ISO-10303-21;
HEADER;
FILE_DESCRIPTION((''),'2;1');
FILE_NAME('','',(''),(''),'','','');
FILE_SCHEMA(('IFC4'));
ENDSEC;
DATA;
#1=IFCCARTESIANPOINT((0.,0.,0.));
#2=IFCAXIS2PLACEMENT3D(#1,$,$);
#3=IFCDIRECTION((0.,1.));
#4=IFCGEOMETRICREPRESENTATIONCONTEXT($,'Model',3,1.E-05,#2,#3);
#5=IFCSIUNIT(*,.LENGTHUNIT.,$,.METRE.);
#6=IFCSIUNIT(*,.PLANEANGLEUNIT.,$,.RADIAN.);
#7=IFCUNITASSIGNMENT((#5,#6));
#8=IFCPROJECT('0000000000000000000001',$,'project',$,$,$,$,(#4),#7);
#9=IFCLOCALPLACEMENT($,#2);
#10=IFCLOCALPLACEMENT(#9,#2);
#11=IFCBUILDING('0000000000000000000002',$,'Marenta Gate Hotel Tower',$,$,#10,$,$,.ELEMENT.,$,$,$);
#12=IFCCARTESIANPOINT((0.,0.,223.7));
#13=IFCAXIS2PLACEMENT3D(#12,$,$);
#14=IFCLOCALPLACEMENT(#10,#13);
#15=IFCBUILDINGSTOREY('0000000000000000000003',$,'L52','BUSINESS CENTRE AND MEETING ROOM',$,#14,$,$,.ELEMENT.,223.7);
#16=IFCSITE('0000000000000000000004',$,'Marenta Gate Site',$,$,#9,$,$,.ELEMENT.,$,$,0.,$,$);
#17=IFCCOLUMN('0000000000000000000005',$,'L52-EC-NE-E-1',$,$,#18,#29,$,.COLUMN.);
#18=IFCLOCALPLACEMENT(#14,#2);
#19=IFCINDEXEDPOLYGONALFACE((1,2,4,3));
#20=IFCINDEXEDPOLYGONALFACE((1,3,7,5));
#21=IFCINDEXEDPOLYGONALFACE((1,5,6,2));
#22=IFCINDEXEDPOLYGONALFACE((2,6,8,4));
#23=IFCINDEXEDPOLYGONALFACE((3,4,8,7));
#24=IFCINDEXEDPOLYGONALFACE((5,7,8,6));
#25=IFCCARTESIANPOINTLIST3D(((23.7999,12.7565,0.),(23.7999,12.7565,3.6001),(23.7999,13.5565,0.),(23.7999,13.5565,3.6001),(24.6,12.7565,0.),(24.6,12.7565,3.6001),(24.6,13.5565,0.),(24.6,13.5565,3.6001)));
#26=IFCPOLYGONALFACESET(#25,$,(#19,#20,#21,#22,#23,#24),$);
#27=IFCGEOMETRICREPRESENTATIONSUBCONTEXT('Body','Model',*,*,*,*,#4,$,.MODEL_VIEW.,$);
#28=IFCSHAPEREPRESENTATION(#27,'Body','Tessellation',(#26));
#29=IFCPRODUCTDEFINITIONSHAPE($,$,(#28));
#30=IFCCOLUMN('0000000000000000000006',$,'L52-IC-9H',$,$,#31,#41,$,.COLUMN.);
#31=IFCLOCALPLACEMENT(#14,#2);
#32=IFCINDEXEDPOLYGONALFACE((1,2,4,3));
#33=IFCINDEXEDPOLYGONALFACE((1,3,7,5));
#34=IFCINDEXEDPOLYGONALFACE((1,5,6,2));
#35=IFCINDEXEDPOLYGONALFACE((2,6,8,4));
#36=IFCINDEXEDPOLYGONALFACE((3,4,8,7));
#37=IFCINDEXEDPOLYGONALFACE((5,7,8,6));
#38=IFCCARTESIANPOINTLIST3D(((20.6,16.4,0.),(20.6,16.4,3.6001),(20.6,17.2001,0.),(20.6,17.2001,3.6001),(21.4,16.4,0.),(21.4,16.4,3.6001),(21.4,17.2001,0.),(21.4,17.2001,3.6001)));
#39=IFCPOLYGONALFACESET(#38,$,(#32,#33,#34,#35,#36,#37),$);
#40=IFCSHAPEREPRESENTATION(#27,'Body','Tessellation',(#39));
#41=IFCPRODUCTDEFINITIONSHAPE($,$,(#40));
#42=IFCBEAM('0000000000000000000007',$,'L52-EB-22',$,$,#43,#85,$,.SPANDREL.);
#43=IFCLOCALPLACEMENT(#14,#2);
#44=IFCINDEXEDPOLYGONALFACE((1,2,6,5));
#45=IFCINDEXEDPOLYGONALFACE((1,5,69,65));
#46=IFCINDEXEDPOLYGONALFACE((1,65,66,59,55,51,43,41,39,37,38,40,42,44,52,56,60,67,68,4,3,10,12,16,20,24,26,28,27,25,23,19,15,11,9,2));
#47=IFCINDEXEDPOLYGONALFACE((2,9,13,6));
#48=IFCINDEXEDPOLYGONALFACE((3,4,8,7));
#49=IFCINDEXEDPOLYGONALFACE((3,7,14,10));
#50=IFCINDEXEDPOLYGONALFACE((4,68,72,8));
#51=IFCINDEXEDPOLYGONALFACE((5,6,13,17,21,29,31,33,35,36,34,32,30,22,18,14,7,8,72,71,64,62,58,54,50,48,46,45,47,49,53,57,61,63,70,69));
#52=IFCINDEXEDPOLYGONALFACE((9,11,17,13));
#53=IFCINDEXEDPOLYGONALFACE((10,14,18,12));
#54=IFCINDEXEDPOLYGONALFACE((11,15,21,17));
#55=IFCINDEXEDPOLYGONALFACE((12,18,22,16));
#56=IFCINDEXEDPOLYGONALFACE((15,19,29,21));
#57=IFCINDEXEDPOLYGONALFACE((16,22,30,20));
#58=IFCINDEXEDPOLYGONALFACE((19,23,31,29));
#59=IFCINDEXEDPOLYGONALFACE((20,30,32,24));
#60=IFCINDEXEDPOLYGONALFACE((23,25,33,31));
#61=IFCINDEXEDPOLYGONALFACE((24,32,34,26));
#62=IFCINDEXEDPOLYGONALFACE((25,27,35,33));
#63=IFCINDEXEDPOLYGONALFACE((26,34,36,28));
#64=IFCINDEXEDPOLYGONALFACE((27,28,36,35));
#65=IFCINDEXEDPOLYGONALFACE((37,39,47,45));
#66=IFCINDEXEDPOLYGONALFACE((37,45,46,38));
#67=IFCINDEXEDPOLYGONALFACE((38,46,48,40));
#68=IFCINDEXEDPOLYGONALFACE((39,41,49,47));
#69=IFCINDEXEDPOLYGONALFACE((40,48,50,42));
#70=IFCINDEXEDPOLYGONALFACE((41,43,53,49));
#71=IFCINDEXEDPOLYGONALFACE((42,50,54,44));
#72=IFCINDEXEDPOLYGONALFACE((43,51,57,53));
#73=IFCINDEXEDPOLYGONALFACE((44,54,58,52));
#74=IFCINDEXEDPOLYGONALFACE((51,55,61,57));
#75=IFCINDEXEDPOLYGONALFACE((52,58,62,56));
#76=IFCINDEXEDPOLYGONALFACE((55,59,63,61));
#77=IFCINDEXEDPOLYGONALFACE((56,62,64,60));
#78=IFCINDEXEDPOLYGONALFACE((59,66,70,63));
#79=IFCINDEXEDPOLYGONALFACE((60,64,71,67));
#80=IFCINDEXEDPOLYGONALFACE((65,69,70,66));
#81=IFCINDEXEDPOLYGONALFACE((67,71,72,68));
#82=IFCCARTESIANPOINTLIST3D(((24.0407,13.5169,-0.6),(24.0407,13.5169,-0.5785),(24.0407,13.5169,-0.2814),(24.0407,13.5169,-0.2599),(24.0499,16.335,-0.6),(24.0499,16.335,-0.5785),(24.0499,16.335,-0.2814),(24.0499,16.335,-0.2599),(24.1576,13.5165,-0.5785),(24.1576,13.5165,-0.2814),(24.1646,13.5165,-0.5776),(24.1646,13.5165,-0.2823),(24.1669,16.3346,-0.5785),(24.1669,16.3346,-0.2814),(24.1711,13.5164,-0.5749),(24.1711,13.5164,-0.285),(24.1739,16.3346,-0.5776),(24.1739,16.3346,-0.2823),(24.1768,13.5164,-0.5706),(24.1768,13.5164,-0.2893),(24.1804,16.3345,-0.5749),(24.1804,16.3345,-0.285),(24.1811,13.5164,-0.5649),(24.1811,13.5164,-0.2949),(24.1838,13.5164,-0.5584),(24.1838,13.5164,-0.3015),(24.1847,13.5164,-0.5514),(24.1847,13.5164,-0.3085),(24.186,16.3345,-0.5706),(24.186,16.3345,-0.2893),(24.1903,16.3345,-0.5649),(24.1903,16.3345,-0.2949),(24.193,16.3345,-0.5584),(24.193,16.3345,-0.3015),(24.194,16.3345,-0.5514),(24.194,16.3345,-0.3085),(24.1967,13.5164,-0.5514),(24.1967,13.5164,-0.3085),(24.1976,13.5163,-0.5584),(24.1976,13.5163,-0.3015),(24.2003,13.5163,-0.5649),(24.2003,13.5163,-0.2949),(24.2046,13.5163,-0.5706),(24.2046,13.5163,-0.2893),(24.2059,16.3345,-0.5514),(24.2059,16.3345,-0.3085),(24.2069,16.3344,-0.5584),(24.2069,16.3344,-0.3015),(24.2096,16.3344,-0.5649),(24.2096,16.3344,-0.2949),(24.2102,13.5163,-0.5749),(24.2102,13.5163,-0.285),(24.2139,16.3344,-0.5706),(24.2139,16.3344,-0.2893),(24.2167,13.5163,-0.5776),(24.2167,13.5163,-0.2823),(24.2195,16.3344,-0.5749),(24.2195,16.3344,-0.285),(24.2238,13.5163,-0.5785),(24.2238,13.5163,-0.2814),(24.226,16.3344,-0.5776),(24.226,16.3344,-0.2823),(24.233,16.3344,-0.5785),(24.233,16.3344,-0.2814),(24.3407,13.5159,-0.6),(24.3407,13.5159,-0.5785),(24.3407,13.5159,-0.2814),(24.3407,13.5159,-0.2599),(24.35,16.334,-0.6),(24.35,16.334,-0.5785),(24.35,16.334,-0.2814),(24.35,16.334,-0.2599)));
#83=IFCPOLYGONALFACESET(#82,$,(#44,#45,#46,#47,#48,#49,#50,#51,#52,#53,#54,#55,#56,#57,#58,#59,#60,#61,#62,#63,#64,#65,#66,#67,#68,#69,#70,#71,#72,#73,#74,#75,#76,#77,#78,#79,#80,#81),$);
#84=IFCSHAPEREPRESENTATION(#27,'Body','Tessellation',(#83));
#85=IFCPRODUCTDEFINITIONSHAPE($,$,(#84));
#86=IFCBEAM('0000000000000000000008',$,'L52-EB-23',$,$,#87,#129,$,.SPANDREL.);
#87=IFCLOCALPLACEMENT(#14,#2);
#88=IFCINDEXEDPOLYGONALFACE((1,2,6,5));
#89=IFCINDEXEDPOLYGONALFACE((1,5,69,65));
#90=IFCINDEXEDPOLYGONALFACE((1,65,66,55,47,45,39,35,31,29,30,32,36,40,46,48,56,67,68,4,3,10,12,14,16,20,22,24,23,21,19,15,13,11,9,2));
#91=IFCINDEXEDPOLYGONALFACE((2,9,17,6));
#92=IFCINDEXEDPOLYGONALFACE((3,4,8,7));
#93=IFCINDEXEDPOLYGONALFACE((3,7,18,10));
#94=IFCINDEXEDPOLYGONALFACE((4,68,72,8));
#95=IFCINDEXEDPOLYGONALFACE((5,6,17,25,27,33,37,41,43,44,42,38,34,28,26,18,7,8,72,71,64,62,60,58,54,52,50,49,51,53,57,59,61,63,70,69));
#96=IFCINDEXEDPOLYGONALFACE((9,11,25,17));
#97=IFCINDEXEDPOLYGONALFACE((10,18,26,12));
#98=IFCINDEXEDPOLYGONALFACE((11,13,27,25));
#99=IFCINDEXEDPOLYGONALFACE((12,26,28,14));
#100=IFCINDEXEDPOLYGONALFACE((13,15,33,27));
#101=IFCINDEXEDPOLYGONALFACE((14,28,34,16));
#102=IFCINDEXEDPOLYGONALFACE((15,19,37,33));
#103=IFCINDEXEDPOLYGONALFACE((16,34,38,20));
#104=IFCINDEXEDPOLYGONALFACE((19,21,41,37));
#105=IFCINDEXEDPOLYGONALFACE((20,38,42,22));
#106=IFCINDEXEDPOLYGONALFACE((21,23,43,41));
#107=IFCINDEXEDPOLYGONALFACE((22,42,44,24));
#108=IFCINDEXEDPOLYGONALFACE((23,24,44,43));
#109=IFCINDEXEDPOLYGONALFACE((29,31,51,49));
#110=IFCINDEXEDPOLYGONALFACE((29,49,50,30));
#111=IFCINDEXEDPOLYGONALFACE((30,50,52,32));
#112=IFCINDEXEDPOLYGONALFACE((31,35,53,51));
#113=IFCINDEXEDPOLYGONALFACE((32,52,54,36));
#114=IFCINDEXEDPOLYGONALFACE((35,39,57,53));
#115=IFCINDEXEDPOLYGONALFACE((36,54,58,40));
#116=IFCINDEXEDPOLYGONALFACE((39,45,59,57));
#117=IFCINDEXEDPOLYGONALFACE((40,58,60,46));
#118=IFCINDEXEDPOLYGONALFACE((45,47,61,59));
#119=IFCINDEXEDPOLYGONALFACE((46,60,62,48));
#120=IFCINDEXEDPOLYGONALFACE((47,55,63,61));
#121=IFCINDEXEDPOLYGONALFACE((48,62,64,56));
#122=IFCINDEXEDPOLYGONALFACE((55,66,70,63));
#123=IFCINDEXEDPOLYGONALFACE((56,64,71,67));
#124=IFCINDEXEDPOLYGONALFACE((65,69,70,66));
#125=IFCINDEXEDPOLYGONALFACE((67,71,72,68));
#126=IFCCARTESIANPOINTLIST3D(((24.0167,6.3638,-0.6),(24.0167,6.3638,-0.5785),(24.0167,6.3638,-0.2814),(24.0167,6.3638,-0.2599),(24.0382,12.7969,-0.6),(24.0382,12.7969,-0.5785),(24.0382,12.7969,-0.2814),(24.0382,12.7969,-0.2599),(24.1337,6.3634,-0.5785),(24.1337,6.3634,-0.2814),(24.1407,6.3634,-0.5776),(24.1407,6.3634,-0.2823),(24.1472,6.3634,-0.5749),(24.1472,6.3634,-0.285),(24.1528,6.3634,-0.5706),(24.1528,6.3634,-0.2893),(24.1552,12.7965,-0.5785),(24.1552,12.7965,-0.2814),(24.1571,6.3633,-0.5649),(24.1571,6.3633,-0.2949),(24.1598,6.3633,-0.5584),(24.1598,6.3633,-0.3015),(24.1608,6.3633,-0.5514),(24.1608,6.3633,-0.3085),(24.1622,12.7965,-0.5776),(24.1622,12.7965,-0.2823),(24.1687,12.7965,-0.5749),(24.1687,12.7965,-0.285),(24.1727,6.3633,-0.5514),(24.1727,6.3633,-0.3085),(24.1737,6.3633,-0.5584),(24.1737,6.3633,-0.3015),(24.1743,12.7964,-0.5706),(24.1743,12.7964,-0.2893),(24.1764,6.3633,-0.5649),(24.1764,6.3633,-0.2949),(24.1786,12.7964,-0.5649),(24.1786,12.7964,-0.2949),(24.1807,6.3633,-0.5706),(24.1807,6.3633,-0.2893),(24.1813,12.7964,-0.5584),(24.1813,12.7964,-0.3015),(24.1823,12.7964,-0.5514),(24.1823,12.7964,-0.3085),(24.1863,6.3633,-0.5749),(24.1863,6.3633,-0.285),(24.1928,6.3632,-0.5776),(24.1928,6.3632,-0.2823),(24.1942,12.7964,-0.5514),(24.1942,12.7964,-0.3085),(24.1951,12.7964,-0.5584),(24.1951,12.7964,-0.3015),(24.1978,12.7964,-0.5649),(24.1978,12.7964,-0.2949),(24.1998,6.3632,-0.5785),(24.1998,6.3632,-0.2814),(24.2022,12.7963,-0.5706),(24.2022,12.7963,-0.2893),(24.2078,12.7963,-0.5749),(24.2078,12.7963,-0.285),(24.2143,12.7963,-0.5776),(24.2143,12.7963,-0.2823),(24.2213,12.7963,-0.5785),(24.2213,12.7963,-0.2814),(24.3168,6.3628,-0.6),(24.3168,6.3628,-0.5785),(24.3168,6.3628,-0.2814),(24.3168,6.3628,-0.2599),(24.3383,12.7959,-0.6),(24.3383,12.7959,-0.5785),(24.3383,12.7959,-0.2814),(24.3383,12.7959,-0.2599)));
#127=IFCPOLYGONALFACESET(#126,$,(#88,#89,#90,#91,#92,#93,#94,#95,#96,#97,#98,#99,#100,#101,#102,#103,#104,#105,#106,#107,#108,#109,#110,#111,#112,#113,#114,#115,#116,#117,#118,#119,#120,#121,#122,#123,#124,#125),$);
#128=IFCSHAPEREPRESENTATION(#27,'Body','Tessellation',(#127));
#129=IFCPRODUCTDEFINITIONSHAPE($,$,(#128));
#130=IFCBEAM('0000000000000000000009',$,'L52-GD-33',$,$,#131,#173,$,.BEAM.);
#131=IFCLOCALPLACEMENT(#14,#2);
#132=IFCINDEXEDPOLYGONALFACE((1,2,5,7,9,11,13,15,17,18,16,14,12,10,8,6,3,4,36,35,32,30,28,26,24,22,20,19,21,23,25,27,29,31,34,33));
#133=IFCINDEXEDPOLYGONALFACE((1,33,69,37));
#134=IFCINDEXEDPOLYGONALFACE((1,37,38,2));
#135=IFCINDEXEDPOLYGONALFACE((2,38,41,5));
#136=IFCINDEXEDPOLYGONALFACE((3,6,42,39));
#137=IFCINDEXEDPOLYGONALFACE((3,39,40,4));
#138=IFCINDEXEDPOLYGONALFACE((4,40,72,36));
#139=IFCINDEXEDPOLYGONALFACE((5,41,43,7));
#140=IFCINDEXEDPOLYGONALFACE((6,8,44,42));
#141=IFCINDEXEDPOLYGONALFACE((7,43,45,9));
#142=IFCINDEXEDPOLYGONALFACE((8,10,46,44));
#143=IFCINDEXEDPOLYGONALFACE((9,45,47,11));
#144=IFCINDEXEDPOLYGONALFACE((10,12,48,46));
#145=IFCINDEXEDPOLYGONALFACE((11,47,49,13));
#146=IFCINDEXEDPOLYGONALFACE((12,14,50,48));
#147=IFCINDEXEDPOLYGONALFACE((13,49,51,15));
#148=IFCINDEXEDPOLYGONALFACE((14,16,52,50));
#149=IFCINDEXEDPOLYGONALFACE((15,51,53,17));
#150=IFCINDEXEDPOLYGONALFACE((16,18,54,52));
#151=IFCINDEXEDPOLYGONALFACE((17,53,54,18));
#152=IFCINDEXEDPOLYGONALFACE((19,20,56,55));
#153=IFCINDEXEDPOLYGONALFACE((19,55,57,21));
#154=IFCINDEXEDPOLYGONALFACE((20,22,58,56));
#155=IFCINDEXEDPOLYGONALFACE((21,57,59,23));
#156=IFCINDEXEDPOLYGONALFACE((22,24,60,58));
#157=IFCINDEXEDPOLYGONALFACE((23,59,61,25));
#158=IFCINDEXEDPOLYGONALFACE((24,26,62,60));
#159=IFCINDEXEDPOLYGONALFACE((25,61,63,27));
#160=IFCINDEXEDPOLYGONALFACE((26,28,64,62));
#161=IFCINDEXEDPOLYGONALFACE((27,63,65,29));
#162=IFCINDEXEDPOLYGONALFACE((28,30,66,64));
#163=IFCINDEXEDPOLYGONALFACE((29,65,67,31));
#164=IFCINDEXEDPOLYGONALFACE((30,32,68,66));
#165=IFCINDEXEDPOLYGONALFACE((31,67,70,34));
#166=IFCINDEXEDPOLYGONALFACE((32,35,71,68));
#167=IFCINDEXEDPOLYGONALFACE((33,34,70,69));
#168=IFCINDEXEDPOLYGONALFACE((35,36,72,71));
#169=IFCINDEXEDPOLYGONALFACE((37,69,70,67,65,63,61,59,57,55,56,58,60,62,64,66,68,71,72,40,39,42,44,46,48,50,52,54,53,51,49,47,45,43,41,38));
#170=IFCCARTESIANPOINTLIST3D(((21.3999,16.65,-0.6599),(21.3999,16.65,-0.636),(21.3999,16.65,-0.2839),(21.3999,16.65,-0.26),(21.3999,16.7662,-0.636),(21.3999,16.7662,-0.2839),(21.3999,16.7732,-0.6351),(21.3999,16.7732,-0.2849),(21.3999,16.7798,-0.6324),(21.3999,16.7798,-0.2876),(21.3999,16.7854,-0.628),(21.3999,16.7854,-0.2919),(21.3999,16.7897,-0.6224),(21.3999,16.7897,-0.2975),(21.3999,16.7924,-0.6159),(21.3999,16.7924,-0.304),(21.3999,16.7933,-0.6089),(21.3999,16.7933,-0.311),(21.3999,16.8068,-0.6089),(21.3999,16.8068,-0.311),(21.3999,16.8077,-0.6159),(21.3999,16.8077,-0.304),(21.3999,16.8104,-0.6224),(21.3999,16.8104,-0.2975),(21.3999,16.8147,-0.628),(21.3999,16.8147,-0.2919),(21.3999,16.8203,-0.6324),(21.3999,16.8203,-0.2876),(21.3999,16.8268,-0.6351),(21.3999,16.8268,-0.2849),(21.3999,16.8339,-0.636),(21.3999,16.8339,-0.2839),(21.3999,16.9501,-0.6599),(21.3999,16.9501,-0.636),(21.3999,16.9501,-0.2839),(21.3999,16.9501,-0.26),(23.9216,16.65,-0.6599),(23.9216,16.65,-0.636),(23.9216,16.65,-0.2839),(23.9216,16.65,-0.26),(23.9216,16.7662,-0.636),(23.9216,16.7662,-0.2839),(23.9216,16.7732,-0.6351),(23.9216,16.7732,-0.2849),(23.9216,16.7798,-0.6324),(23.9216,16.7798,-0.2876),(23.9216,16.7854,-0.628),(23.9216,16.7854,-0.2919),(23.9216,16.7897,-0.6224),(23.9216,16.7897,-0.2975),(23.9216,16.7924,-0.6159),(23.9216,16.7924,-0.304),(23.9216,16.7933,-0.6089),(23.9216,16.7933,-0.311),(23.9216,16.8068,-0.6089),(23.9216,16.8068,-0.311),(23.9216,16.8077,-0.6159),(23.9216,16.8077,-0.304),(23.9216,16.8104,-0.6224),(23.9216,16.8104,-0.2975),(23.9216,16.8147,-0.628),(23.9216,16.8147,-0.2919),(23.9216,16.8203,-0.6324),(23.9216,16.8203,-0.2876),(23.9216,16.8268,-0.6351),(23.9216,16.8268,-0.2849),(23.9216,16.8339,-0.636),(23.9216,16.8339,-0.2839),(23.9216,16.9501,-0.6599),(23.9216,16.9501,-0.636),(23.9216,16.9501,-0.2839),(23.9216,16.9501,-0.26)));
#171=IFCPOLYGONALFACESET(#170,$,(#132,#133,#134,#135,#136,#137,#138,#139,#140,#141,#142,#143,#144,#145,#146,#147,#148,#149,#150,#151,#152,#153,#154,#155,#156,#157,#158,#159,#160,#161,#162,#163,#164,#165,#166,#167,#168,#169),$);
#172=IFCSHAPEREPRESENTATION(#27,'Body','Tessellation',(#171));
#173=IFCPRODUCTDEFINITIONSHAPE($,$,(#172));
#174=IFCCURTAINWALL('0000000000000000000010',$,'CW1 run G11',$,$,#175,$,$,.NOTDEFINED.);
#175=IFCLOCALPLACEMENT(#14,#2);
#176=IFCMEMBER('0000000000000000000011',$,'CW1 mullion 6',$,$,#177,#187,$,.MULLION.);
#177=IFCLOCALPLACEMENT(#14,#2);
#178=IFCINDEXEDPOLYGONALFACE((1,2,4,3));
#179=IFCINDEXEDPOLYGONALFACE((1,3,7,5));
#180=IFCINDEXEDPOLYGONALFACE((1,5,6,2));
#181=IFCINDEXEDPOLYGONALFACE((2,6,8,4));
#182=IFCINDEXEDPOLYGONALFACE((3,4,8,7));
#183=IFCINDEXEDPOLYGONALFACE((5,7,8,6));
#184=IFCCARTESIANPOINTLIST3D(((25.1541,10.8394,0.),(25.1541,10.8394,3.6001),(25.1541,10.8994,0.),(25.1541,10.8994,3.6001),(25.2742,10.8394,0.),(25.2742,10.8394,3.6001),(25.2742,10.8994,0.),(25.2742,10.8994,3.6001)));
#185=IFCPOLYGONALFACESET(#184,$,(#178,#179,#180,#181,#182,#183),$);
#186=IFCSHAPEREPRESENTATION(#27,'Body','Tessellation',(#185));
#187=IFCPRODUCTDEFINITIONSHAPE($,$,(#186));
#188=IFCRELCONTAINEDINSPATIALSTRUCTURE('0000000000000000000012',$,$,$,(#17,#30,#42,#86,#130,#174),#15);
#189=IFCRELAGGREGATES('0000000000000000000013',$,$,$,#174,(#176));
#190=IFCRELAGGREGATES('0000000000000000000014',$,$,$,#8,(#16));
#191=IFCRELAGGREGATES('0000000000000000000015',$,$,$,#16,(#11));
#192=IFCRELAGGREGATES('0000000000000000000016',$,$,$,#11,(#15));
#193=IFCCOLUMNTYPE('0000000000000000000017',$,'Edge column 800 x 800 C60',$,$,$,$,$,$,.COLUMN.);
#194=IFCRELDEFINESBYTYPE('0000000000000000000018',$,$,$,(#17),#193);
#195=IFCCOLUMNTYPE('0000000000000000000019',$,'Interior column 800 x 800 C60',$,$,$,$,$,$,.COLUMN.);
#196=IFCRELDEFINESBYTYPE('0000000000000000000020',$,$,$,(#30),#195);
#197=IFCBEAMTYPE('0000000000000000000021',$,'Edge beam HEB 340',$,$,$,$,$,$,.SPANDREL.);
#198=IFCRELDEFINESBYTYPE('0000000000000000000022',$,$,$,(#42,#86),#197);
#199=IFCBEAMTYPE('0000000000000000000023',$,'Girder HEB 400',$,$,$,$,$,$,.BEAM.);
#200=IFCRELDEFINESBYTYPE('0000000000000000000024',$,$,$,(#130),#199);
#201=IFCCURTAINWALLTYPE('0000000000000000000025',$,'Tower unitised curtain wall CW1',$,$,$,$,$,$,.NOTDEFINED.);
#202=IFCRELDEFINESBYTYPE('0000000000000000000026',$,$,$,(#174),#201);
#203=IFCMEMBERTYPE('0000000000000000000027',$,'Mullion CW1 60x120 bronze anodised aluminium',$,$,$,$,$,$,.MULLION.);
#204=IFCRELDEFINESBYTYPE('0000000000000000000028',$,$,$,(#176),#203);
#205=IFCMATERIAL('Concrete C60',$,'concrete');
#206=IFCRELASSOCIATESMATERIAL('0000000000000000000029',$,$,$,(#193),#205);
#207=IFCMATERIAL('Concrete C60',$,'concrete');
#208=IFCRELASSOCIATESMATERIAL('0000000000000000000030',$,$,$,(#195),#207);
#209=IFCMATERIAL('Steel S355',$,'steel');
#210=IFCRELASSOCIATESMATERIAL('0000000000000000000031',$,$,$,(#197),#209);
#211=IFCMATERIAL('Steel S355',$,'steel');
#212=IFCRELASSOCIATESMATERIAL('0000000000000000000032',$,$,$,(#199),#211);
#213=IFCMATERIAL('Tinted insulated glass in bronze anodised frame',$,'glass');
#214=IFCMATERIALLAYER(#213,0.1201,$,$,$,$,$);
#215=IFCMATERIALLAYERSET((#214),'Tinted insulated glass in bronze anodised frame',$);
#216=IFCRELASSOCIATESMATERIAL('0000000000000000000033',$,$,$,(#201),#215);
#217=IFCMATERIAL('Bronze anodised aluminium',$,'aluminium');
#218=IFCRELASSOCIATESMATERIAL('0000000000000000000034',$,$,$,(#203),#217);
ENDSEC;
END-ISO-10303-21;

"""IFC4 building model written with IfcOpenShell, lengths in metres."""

from ifc_helpers import new_model, si_unit, direction, frame, origin, origin_2d, place, context, subcontext, project, spatial, rectangle, i_section, extrude, material, layer, layer_set, material_profile, profile_set, type_object, element, aggregate, save


model = new_model("IFC4")

# Units and contexts
model_context = context("Model", 3, precision=1e-05, world=origin(), true_north=direction((0.0, 1.0)))
body_context = subcontext(model_context, "Body", "Model", "MODEL_VIEW")
ifc_project = project(units=[si_unit("LENGTHUNIT", "METRE"), si_unit("PLANEANGLEUNIT", "RADIAN")], contexts=[model_context])

# Site, building, storey
site_placement = place(None, origin())
site = spatial("IfcSite", under=ifc_project, at=site_placement, Name="Marenta Gate Site", CompositionType="ELEMENT", RefElevation=0.0)
building_placement = place(site_placement, origin())
building = spatial("IfcBuilding", under=site, at=building_placement, Name="Marenta Gate Hotel Tower", CompositionType="ELEMENT")
storey_placement = place(building_placement, frame((0.0, 0.0, 223.7)))
storey = spatial("IfcBuildingStorey", under=building, at=storey_placement, Name="L52", Description="BUSINESS CENTRE AND MEETING ROOM", CompositionType="ELEMENT", Elevation=223.7)

# Columns
ifc_material_1 = material(Name="Concrete C60", Category="concrete")
ifc_material_profile_1 = material_profile(ifc_material_1, rectangle(XDim=0.8, YDim=0.8, at=origin_2d()), Name="800 x 800")
ifc_profile_set_1 = profile_set([ifc_material_profile_1], Name="Concrete C60")
column_type_1 = type_object("IfcColumnType", Name="Edge column 800 x 800 C60", PredefinedType="COLUMN", material=ifc_profile_set_1)
column_1_placement = place(storey_placement, frame((24.2, 13.1565, 0.0), z_axis=(0.0, 0.0, 1.0), x_axis=(1.0, 0.0, 0.0)))
element("IfcColumn", 1, at=column_1_placement, inside=storey, type_object=column_type_1, Name="L52-EC-NE-E-1", PredefinedType="COLUMN", context=body_context, shape_type="SweptSolid", body=[
    extrude(rectangle(XDim=0.8, YDim=0.8, at=origin_2d()), origin(), (0.0, 0.0, 1.0), 3.6001),
])
ifc_material_2 = material(Name="Concrete C60", Category="concrete")
ifc_material_profile_2 = material_profile(ifc_material_2, rectangle(XDim=0.8, YDim=0.8, at=origin_2d()), Name="800 x 800")
ifc_profile_set_2 = profile_set([ifc_material_profile_2], Name="Concrete C60")
column_type_2 = type_object("IfcColumnType", Name="Interior column 800 x 800 C60", PredefinedType="COLUMN", material=ifc_profile_set_2)
column_2_placement = place(storey_placement, frame((21.0, 16.8, 0.0), z_axis=(0.0, 0.0, 1.0), x_axis=(1.0, 0.0, 0.0)))
element("IfcColumn", 2, at=column_2_placement, inside=storey, type_object=column_type_2, Name="L52-IC-9H", PredefinedType="COLUMN", context=body_context, shape_type="SweptSolid", body=[
    extrude(rectangle(XDim=0.8, YDim=0.8, at=origin_2d()), origin(), (0.0, 0.0, 1.0), 3.6001),
])

# Beams
ifc_material_3 = material(Name="Steel S355", Category="steel")
ifc_material_profile_3 = material_profile(ifc_material_3, i_section(OverallWidth=0.3, OverallDepth=0.3401, WebThickness=0.012, FlangeThickness=0.0215, FilletRadius=0.0271, at=origin_2d()), Name="HEB 340")
ifc_profile_set_3 = profile_set([ifc_material_profile_3], Name="Steel S355")
beam_type_1 = type_object("IfcBeamType", Name="Edge beam HEB 340", PredefinedType="SPANDREL", material=ifc_profile_set_3)
beam_1_placement = place(storey_placement, frame((24.2, 16.3345, -0.4299), z_axis=(-0.003292, -0.999995, 0.0), x_axis=(0.999995, -0.003292, 0.0)))
element("IfcBeam", 3, at=beam_1_placement, inside=storey, type_object=beam_type_1, Name="L52-EB-22", PredefinedType="SPANDREL", context=body_context, shape_type="SweptSolid", body=[
    extrude(i_section(OverallWidth=0.3, OverallDepth=0.3401, WebThickness=0.012, FlangeThickness=0.0215, FilletRadius=0.0271, at=origin_2d()), origin(), (0.0, 0.0, 1.0), 2.8181),
])
beam_2_placement = place(storey_placement, frame((24.1882, 12.7964, -0.4299), z_axis=(-0.00334, -0.999994, 0.0), x_axis=(0.999994, -0.00334, 0.0)))
element("IfcBeam", 4, at=beam_2_placement, inside=storey, type_object=beam_type_1, Name="L52-EB-23", PredefinedType="SPANDREL", context=body_context, shape_type="SweptSolid", body=[
    extrude(i_section(OverallWidth=0.3, OverallDepth=0.3401, WebThickness=0.012, FlangeThickness=0.0215, FilletRadius=0.0271, at=origin_2d()), origin(), (0.0, 0.0, 1.0), 6.4331),
])
ifc_material_4 = material(Name="Steel S355", Category="steel")
ifc_material_profile_4 = material_profile(ifc_material_4, i_section(OverallWidth=0.3, OverallDepth=0.3999, WebThickness=0.0134, FlangeThickness=0.0239, FilletRadius=0.0271, at=origin_2d()), Name="HEB 400")
ifc_profile_set_4 = profile_set([ifc_material_profile_4], Name="Steel S355")
beam_type_2 = type_object("IfcBeamType", Name="Girder HEB 400", PredefinedType="BEAM", material=ifc_profile_set_4)
beam_3_placement = place(storey_placement, frame((21.3999, 16.8, -0.46), z_axis=(1.0, 0.0, 0.0), x_axis=(0.0, 1.0, 0.0)))
element("IfcBeam", 5, at=beam_3_placement, inside=storey, type_object=beam_type_2, Name="L52-GD-33", PredefinedType="BEAM", context=body_context, shape_type="SweptSolid", body=[
    extrude(i_section(OverallWidth=0.3, OverallDepth=0.3999, WebThickness=0.0134, FlangeThickness=0.0239, FilletRadius=0.0271, at=origin_2d()), origin(), (0.0, 0.0, 1.0), 2.5217),
])

# Curtain wall, member
ifc_material_5 = material(Name="Tinted insulated glass in bronze anodised frame", Category="glass")
ifc_layer_1 = layer(ifc_material_5, 0.1201)
ifc_layer_set_1 = layer_set([ifc_layer_1], Name="Tinted insulated glass in bronze anodised frame")
curtain_wall_type = type_object("IfcCurtainWallType", Name="Tower unitised curtain wall CW1", PredefinedType="NOTDEFINED", material=ifc_layer_set_1)
curtain_wall_1_placement = place(storey_placement, origin())
curtain_wall_1 = element("IfcCurtainWall", 6, at=curtain_wall_1_placement, inside=storey, type_object=curtain_wall_type, Name="CW1 run G11", PredefinedType="NOTDEFINED")
ifc_material_6 = material(Name="Bronze anodised aluminium", Category="aluminium")
ifc_material_profile_5 = material_profile(ifc_material_6, rectangle(XDim=0.1201, YDim=0.0601, at=origin_2d()), Name="Mullion CW1 60x120 bronze anodised aluminium")
ifc_profile_set_5 = profile_set([ifc_material_profile_5], Name="Bronze anodised aluminium")
member_type_1 = type_object("IfcMemberType", Name="Mullion CW1 60x120 bronze anodised aluminium", PredefinedType="MULLION", material=ifc_profile_set_5)
member_1_placement = place(storey_placement, frame((25.2141, 10.8694, 0.0), z_axis=(0.0, 0.0, 1.0), x_axis=(-1.0, 0.0, 0.0)))
member_1 = element("IfcMember", 7, at=member_1_placement, type_object=member_type_1, Name="CW1 mullion 6", PredefinedType="MULLION", context=body_context, shape_type="SweptSolid", body=[
    extrude(rectangle(XDim=0.1201, YDim=0.0601, at=origin_2d()), origin(), (0.0, 0.0, 1.0), 3.6001),
])

aggregate(curtain_wall_1, [member_1])

save(model, "model.ifc")
